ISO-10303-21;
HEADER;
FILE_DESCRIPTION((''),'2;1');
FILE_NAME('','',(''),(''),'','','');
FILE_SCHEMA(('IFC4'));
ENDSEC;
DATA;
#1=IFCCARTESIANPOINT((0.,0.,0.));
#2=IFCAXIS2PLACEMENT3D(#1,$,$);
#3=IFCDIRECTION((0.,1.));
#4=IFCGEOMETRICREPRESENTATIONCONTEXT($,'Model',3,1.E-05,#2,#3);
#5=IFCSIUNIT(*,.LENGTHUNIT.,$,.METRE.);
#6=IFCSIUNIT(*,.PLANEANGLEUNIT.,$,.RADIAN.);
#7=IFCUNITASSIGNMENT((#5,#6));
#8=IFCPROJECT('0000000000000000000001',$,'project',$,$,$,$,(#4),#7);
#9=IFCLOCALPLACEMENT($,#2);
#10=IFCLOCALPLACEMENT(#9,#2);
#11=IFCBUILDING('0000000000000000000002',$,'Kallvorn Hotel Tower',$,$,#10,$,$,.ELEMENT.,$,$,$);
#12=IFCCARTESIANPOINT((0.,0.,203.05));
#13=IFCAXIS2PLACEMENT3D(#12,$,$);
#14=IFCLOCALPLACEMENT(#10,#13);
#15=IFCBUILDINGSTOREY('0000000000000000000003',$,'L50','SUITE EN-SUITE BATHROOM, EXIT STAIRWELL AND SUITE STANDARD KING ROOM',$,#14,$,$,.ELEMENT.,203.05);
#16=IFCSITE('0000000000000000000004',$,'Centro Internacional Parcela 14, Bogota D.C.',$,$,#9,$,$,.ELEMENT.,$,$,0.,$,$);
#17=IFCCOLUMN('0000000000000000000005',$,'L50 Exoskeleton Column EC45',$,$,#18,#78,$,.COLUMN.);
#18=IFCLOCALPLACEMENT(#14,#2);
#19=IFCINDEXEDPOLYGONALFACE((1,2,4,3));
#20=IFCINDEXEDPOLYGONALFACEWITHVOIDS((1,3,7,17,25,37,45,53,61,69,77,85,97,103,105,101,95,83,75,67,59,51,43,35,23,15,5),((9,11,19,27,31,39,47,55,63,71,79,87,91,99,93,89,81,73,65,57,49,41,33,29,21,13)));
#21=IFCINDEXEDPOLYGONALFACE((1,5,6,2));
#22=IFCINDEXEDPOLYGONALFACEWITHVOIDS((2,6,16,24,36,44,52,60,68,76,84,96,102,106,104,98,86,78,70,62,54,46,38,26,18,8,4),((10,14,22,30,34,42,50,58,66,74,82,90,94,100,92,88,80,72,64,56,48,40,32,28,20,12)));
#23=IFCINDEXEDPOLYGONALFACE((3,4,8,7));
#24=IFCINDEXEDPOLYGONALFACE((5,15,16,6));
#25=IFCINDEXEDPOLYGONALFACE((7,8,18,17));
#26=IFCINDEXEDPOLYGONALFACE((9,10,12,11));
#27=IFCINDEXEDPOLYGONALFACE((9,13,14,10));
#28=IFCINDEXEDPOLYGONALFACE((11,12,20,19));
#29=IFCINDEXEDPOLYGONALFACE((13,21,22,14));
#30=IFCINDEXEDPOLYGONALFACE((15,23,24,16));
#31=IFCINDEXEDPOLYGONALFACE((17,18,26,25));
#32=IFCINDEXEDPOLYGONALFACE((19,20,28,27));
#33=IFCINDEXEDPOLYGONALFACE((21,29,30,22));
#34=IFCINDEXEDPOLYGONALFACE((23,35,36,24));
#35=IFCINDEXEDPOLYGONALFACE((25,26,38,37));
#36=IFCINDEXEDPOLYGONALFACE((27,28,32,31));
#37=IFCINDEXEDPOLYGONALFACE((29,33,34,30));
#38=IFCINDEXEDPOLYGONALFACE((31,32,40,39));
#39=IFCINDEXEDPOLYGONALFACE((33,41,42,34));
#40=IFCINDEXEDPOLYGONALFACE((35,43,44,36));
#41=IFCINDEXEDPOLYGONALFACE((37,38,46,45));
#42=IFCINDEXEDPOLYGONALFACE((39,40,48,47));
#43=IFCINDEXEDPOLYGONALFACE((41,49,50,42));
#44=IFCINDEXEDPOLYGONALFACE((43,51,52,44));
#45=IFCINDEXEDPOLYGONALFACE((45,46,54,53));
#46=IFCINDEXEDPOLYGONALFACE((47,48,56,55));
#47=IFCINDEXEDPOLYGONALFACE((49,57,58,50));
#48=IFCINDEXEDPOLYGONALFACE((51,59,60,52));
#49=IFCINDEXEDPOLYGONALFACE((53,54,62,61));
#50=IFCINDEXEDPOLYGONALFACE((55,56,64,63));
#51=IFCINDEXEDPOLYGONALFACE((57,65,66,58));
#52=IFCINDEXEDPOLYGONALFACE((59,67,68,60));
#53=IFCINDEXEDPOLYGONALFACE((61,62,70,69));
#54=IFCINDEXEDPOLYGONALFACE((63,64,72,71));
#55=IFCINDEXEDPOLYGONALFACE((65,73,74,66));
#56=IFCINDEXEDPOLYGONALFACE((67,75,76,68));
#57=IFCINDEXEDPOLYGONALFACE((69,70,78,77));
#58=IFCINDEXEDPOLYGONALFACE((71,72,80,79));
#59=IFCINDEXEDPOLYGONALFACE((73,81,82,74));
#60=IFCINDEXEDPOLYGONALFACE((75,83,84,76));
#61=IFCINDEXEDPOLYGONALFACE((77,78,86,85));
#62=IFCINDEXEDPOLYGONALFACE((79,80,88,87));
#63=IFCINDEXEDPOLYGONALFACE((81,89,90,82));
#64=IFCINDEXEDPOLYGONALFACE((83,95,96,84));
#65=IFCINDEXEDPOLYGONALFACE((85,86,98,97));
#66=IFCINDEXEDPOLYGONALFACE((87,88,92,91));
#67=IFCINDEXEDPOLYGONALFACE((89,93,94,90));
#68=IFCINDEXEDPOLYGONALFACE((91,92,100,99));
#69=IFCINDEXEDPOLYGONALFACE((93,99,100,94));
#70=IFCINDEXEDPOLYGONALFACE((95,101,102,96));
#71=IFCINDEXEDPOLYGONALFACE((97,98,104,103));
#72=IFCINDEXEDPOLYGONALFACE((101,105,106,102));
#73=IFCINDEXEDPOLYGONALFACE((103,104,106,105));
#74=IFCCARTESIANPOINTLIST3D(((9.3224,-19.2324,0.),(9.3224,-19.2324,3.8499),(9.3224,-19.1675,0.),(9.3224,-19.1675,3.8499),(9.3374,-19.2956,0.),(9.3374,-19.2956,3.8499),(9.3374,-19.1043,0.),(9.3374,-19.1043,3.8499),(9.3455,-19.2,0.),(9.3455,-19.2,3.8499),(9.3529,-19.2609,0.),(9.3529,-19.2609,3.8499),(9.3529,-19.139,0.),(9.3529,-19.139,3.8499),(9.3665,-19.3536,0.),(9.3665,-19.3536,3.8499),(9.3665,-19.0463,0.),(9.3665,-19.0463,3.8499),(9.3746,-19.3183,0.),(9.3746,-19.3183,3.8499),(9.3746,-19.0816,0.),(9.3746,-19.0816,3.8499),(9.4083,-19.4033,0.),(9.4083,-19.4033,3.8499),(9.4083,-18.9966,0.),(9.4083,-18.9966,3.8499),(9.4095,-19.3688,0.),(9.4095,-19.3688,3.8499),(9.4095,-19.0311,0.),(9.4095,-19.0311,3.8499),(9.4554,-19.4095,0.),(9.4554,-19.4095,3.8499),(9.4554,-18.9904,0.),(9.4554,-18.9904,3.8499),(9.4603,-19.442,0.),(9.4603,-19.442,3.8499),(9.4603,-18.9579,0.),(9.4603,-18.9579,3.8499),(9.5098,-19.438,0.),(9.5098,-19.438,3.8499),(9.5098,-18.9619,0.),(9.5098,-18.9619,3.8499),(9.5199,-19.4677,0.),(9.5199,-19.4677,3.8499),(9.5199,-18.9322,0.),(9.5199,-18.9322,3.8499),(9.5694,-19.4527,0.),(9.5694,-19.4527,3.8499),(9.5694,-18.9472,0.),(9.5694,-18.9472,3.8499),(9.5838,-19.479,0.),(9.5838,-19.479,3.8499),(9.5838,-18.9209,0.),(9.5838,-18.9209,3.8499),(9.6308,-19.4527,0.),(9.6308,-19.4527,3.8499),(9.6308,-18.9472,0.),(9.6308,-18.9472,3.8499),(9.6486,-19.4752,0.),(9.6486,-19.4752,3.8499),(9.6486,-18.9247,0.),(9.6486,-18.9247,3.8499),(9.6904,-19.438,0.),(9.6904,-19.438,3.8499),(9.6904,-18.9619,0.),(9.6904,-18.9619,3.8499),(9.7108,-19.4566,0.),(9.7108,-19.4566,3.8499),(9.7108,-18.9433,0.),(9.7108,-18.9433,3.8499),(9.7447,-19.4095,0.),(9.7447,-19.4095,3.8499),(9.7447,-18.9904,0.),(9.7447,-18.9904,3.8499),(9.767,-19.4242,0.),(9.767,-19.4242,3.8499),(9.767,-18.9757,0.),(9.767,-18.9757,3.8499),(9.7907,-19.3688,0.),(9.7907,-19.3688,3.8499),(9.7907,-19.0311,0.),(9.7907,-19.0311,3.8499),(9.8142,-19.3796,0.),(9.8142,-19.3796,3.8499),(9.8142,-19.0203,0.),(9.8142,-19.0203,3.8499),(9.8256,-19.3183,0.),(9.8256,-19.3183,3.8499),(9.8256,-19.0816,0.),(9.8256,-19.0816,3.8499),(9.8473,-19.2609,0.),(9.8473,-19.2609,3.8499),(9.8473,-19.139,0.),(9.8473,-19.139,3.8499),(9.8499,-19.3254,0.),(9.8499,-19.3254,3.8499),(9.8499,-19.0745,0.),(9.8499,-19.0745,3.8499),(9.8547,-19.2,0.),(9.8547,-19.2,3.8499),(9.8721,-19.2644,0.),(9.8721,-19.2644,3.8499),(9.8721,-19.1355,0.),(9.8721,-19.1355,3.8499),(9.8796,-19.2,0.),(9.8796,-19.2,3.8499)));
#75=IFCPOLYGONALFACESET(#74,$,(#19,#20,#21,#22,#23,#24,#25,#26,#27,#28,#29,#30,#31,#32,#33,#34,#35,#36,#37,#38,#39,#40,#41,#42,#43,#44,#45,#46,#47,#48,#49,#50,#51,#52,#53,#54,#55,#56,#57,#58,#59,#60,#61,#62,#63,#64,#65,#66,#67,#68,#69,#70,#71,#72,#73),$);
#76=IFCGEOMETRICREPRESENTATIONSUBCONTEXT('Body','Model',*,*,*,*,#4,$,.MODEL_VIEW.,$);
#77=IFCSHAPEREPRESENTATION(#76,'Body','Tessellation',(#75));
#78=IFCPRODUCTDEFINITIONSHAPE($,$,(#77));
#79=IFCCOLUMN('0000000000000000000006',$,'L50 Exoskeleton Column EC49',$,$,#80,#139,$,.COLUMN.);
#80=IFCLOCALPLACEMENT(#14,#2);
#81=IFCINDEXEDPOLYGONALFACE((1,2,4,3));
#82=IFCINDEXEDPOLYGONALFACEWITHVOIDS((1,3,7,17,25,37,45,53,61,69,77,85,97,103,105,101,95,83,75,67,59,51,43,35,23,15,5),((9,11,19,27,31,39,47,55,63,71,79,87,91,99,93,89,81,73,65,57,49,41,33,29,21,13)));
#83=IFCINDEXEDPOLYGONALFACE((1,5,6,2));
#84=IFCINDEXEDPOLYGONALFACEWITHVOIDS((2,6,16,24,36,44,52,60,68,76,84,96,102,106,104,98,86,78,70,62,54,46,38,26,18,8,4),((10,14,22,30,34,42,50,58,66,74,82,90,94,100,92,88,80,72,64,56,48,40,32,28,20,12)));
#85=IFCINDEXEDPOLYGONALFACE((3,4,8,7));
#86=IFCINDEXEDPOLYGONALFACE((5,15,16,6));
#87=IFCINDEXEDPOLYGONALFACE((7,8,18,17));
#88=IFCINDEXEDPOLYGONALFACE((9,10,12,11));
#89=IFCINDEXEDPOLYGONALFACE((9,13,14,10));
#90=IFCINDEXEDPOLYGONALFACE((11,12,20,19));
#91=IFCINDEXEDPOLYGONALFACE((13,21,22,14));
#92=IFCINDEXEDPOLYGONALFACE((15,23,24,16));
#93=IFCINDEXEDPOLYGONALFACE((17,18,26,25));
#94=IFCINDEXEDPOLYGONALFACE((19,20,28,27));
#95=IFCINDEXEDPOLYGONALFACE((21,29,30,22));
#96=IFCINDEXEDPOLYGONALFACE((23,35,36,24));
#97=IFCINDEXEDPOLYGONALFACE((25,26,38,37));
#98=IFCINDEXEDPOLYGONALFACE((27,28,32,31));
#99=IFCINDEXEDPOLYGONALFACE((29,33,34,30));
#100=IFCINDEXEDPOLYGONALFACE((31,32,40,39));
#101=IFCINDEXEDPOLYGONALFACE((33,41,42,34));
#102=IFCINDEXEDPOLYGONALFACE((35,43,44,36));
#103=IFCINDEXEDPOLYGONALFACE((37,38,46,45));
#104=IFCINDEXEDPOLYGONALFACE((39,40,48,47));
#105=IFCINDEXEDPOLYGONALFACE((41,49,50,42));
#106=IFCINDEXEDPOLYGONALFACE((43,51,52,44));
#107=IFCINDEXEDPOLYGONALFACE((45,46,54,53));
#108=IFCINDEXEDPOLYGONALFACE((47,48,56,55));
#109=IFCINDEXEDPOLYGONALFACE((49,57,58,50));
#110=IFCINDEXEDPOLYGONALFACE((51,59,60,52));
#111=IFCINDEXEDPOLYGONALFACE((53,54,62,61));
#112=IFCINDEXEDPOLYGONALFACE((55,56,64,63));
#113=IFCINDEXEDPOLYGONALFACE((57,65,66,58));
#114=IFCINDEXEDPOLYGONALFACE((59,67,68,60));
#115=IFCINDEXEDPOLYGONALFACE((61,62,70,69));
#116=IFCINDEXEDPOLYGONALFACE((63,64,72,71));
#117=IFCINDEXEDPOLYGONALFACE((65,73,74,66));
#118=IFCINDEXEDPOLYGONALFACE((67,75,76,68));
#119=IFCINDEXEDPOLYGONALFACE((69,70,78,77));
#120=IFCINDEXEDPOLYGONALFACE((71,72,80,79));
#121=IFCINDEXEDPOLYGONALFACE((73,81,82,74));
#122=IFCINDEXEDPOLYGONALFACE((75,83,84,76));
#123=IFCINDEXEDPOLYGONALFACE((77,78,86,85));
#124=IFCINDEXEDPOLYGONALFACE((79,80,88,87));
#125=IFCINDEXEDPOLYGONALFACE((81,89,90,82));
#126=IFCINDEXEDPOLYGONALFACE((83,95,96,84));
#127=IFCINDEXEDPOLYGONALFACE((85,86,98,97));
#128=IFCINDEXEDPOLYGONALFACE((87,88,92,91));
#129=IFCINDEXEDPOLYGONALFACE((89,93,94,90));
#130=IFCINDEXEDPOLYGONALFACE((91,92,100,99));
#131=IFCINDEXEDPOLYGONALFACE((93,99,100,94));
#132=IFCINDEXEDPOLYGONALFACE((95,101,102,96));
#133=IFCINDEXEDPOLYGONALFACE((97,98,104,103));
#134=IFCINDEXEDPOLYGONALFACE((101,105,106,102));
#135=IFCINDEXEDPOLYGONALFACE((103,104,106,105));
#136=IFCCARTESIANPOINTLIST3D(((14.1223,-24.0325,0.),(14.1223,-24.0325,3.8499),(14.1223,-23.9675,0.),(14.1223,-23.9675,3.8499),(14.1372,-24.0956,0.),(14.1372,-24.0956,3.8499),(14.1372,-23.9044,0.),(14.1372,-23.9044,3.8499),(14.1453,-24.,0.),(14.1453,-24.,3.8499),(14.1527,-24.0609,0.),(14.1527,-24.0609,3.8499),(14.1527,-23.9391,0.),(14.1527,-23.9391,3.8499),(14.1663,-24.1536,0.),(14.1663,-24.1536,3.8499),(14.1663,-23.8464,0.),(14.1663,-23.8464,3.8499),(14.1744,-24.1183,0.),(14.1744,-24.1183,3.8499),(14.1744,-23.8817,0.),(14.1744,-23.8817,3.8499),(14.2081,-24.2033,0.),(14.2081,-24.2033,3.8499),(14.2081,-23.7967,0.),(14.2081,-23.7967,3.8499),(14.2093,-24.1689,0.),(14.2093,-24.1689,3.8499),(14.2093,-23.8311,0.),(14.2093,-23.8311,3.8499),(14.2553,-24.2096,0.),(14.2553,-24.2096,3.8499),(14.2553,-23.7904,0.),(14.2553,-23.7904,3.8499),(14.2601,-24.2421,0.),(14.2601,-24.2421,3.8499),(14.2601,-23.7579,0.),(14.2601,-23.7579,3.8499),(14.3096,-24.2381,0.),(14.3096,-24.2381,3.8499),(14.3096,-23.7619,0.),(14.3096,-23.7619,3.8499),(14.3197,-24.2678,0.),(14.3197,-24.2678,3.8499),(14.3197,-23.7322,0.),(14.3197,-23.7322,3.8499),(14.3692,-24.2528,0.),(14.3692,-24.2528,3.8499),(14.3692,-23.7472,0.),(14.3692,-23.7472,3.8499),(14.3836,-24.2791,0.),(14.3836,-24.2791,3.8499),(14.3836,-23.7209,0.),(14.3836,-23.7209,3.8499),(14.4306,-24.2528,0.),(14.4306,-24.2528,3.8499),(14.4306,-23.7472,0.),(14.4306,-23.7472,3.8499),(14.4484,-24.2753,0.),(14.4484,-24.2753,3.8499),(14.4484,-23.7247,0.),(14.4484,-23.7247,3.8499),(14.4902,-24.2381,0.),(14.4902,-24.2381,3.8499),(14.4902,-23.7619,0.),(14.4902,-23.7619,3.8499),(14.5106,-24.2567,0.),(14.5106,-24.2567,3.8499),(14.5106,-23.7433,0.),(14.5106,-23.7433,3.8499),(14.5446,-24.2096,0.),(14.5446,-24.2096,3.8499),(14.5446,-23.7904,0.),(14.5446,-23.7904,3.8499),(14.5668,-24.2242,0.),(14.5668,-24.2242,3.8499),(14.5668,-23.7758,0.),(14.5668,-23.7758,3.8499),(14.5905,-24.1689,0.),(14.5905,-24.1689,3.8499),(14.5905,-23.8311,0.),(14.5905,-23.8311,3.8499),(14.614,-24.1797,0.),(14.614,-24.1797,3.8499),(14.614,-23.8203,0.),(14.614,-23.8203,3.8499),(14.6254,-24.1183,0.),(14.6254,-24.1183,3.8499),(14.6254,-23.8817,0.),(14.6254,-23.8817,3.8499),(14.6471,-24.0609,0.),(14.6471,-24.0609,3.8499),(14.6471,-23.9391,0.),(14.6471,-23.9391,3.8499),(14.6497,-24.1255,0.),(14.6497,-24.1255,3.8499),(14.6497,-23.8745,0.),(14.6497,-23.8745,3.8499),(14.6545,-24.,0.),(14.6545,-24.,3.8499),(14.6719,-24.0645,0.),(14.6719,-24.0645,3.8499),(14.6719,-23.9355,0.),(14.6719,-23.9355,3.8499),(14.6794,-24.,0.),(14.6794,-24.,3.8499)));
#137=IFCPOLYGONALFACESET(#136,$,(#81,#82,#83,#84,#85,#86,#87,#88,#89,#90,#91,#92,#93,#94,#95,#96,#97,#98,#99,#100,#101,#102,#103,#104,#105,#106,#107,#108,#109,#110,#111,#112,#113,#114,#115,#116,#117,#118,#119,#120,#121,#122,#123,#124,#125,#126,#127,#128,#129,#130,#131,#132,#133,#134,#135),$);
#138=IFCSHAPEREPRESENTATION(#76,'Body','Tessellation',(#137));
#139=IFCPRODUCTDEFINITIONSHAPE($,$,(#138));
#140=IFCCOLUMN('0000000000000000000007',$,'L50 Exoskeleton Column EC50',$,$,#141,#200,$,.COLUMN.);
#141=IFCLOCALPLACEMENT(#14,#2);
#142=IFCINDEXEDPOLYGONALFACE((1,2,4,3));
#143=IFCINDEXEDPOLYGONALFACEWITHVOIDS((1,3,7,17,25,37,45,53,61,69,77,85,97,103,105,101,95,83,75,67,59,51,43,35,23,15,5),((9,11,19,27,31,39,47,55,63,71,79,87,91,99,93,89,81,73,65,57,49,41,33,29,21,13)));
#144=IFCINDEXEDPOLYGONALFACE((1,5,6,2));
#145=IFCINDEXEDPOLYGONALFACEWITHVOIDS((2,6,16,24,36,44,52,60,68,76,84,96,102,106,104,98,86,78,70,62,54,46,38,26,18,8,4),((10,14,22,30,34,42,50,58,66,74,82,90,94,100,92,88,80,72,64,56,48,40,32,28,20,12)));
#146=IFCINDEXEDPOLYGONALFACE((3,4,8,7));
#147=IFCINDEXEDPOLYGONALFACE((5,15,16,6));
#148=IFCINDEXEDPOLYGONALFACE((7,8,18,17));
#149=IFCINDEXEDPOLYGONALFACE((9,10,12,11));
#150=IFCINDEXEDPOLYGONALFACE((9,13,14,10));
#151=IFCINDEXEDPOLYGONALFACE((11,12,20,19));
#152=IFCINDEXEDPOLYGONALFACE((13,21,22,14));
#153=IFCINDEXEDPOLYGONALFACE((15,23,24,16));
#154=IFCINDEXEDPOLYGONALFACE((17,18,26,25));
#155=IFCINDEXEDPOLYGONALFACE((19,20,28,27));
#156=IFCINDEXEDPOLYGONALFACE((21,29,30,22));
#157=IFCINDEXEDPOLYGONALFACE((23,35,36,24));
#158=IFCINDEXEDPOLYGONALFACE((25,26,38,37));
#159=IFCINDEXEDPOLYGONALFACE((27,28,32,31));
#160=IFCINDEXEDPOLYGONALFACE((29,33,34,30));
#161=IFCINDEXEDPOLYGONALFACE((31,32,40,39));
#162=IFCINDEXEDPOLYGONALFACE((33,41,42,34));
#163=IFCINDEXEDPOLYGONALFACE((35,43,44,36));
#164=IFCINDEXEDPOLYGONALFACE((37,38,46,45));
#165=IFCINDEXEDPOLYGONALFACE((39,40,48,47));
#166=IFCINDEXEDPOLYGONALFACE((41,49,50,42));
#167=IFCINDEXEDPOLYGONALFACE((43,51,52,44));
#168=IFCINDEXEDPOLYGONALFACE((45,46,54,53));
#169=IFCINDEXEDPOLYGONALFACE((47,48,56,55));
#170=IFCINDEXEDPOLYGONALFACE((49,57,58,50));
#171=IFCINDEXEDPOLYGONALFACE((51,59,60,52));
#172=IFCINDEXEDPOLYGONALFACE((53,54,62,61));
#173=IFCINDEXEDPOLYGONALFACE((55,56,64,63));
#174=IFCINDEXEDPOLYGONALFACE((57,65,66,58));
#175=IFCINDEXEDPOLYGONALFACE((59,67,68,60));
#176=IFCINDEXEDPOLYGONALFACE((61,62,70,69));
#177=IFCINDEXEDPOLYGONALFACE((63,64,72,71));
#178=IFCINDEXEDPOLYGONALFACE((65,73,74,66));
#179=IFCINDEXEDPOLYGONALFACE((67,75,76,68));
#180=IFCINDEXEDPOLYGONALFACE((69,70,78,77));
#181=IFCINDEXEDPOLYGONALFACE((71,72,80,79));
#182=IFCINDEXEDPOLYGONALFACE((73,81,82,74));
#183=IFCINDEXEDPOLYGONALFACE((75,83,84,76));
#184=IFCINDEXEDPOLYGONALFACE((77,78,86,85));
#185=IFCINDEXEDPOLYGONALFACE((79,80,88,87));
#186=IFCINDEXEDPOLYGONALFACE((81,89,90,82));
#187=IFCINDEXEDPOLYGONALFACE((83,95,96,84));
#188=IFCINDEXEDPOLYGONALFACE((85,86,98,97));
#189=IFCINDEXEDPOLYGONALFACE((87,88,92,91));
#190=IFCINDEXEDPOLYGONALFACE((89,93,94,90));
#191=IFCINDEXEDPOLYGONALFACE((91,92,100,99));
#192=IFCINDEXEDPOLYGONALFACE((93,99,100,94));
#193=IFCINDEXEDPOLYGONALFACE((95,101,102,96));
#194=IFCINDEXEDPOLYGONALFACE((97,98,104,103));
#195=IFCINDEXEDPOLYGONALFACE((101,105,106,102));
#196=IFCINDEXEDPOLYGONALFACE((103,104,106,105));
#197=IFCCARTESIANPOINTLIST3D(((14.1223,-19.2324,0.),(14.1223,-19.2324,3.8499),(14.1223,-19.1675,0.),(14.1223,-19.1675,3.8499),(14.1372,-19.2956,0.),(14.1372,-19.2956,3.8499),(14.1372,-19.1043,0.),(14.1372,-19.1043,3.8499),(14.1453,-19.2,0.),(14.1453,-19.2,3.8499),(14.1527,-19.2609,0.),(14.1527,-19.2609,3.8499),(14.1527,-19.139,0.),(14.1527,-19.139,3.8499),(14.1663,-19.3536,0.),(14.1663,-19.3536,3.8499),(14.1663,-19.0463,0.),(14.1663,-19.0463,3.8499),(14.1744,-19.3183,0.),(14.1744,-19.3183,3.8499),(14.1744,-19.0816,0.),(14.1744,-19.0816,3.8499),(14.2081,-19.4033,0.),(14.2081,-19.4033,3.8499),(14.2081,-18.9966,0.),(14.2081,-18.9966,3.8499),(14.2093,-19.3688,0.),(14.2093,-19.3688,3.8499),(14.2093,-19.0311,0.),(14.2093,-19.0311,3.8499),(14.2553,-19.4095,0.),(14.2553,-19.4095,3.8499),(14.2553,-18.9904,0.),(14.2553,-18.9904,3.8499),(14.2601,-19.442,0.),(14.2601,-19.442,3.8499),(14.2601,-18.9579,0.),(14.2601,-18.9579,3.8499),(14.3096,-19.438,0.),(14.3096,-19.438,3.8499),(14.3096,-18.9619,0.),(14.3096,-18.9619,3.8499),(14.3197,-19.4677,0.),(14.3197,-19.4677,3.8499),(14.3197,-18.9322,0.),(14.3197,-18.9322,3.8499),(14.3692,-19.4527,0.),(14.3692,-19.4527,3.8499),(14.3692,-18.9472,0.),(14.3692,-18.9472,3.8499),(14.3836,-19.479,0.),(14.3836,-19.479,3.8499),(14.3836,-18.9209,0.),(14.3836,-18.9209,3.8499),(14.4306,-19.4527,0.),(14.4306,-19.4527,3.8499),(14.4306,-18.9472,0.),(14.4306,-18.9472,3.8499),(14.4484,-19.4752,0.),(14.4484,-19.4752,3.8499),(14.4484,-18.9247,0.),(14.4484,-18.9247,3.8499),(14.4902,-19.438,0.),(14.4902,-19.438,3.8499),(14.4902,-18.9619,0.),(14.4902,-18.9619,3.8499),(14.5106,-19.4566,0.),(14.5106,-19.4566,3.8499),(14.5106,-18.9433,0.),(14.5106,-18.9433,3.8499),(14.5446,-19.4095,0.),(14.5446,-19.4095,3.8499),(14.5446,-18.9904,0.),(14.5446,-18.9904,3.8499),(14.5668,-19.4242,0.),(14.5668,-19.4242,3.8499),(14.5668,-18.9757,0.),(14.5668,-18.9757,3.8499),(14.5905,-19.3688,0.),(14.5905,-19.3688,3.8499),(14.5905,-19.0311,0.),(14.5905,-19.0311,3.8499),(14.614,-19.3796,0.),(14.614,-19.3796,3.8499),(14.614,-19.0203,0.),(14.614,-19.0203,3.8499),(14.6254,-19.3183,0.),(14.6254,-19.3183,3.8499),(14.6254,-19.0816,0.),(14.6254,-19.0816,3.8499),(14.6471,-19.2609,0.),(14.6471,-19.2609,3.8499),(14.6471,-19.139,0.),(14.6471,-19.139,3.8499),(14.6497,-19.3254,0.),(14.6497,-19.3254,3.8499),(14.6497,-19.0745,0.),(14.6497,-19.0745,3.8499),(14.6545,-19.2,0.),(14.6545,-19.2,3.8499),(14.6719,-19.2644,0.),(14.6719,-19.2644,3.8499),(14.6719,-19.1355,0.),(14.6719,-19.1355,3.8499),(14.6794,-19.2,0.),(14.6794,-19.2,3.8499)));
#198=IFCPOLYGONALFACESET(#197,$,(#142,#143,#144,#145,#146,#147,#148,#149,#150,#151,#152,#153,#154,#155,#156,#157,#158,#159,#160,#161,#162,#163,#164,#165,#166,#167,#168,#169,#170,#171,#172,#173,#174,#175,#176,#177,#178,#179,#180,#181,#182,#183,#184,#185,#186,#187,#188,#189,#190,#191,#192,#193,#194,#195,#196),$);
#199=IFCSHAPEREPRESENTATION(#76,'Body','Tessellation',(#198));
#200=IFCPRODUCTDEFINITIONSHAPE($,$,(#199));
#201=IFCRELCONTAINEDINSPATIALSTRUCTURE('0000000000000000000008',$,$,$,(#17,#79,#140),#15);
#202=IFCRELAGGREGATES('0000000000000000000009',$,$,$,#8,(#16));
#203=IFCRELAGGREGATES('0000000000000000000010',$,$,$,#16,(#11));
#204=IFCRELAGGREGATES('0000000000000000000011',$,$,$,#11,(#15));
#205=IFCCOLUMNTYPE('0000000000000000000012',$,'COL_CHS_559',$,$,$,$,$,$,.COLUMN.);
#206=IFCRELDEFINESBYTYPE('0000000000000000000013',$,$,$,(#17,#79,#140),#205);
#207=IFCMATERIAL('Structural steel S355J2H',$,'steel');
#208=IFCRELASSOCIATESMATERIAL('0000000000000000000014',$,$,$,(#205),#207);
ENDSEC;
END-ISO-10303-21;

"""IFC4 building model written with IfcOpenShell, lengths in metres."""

from ifc_helpers import new_model, si_unit, direction, frame, origin, origin_2d, place, context, subcontext, project, spatial, hollow_circle, extrude, material, material_profile, profile_set, type_object, element, save


model = new_model("IFC4")

# Units and contexts
model_context = context("Model", 3, precision=1e-05, world=origin(), true_north=direction((0.0, 1.0)))
body_context = subcontext(model_context, "Body", "Model", "MODEL_VIEW")
ifc_project = project(units=[si_unit("LENGTHUNIT", "METRE"), si_unit("PLANEANGLEUNIT", "RADIAN")], contexts=[model_context])

# Site, building, storey
site_placement = place(None, origin())
site = spatial("IfcSite", under=ifc_project, at=site_placement, Name="Centro Internacional Parcela 14, Bogota D.C.", CompositionType="ELEMENT", RefElevation=0.0)
building_placement = place(site_placement, origin())
building = spatial("IfcBuilding", under=site, at=building_placement, Name="Kallvorn Hotel Tower", CompositionType="ELEMENT")
storey_placement = place(building_placement, frame((0.0, 0.0, 203.05)))
storey = spatial("IfcBuildingStorey", under=building, at=storey_placement, Name="L50", Description="SUITE EN-SUITE BATHROOM, EXIT STAIRWELL AND SUITE STANDARD KING ROOM", CompositionType="ELEMENT", Elevation=203.05)

# Columns
ifc_material_1 = material(Name="Structural steel S355J2H", Category="steel")
ifc_material_profile_1 = material_profile(ifc_material_1, hollow_circle(Radius=0.2795, WallThickness=0.0249, at=origin_2d()), Name="CHS 559x25")
ifc_profile_set_1 = profile_set([ifc_material_profile_1], Name="Structural steel S355J2H")
column_type = type_object("IfcColumnType", Name="COL_CHS_559", PredefinedType="COLUMN", material=ifc_profile_set_1)
for number, where, z_axis, x_axis, name in (
    (1, (9.6001, -19.2, 0.0), (0.0, 0.0, 1.0), (1.0, 0.0, 0.0), "L50 Exoskeleton Column EC45"),
    (2, (14.3999, -24.0, 0.0), (0.0, 0.0, 1.0), (1.0, 0.0, 0.0), "L50 Exoskeleton Column EC49"),
    (3, (14.3999, -19.2, 0.0), (0.0, 0.0, 1.0), (1.0, 0.0, 0.0), "L50 Exoskeleton Column EC50"),
):
    element("IfcColumn", number, at=place(storey_placement, frame(where, z_axis=z_axis, x_axis=x_axis)), inside=storey, type_object=column_type, Name=name, PredefinedType="COLUMN", context=body_context, shape_type="SweptSolid", body=[
        extrude(hollow_circle(Radius=0.2795, WallThickness=0.0249, at=origin_2d()), origin(), (0.0, 0.0, 1.0), 3.8499),
    ])

save(model, "model.ifc")
